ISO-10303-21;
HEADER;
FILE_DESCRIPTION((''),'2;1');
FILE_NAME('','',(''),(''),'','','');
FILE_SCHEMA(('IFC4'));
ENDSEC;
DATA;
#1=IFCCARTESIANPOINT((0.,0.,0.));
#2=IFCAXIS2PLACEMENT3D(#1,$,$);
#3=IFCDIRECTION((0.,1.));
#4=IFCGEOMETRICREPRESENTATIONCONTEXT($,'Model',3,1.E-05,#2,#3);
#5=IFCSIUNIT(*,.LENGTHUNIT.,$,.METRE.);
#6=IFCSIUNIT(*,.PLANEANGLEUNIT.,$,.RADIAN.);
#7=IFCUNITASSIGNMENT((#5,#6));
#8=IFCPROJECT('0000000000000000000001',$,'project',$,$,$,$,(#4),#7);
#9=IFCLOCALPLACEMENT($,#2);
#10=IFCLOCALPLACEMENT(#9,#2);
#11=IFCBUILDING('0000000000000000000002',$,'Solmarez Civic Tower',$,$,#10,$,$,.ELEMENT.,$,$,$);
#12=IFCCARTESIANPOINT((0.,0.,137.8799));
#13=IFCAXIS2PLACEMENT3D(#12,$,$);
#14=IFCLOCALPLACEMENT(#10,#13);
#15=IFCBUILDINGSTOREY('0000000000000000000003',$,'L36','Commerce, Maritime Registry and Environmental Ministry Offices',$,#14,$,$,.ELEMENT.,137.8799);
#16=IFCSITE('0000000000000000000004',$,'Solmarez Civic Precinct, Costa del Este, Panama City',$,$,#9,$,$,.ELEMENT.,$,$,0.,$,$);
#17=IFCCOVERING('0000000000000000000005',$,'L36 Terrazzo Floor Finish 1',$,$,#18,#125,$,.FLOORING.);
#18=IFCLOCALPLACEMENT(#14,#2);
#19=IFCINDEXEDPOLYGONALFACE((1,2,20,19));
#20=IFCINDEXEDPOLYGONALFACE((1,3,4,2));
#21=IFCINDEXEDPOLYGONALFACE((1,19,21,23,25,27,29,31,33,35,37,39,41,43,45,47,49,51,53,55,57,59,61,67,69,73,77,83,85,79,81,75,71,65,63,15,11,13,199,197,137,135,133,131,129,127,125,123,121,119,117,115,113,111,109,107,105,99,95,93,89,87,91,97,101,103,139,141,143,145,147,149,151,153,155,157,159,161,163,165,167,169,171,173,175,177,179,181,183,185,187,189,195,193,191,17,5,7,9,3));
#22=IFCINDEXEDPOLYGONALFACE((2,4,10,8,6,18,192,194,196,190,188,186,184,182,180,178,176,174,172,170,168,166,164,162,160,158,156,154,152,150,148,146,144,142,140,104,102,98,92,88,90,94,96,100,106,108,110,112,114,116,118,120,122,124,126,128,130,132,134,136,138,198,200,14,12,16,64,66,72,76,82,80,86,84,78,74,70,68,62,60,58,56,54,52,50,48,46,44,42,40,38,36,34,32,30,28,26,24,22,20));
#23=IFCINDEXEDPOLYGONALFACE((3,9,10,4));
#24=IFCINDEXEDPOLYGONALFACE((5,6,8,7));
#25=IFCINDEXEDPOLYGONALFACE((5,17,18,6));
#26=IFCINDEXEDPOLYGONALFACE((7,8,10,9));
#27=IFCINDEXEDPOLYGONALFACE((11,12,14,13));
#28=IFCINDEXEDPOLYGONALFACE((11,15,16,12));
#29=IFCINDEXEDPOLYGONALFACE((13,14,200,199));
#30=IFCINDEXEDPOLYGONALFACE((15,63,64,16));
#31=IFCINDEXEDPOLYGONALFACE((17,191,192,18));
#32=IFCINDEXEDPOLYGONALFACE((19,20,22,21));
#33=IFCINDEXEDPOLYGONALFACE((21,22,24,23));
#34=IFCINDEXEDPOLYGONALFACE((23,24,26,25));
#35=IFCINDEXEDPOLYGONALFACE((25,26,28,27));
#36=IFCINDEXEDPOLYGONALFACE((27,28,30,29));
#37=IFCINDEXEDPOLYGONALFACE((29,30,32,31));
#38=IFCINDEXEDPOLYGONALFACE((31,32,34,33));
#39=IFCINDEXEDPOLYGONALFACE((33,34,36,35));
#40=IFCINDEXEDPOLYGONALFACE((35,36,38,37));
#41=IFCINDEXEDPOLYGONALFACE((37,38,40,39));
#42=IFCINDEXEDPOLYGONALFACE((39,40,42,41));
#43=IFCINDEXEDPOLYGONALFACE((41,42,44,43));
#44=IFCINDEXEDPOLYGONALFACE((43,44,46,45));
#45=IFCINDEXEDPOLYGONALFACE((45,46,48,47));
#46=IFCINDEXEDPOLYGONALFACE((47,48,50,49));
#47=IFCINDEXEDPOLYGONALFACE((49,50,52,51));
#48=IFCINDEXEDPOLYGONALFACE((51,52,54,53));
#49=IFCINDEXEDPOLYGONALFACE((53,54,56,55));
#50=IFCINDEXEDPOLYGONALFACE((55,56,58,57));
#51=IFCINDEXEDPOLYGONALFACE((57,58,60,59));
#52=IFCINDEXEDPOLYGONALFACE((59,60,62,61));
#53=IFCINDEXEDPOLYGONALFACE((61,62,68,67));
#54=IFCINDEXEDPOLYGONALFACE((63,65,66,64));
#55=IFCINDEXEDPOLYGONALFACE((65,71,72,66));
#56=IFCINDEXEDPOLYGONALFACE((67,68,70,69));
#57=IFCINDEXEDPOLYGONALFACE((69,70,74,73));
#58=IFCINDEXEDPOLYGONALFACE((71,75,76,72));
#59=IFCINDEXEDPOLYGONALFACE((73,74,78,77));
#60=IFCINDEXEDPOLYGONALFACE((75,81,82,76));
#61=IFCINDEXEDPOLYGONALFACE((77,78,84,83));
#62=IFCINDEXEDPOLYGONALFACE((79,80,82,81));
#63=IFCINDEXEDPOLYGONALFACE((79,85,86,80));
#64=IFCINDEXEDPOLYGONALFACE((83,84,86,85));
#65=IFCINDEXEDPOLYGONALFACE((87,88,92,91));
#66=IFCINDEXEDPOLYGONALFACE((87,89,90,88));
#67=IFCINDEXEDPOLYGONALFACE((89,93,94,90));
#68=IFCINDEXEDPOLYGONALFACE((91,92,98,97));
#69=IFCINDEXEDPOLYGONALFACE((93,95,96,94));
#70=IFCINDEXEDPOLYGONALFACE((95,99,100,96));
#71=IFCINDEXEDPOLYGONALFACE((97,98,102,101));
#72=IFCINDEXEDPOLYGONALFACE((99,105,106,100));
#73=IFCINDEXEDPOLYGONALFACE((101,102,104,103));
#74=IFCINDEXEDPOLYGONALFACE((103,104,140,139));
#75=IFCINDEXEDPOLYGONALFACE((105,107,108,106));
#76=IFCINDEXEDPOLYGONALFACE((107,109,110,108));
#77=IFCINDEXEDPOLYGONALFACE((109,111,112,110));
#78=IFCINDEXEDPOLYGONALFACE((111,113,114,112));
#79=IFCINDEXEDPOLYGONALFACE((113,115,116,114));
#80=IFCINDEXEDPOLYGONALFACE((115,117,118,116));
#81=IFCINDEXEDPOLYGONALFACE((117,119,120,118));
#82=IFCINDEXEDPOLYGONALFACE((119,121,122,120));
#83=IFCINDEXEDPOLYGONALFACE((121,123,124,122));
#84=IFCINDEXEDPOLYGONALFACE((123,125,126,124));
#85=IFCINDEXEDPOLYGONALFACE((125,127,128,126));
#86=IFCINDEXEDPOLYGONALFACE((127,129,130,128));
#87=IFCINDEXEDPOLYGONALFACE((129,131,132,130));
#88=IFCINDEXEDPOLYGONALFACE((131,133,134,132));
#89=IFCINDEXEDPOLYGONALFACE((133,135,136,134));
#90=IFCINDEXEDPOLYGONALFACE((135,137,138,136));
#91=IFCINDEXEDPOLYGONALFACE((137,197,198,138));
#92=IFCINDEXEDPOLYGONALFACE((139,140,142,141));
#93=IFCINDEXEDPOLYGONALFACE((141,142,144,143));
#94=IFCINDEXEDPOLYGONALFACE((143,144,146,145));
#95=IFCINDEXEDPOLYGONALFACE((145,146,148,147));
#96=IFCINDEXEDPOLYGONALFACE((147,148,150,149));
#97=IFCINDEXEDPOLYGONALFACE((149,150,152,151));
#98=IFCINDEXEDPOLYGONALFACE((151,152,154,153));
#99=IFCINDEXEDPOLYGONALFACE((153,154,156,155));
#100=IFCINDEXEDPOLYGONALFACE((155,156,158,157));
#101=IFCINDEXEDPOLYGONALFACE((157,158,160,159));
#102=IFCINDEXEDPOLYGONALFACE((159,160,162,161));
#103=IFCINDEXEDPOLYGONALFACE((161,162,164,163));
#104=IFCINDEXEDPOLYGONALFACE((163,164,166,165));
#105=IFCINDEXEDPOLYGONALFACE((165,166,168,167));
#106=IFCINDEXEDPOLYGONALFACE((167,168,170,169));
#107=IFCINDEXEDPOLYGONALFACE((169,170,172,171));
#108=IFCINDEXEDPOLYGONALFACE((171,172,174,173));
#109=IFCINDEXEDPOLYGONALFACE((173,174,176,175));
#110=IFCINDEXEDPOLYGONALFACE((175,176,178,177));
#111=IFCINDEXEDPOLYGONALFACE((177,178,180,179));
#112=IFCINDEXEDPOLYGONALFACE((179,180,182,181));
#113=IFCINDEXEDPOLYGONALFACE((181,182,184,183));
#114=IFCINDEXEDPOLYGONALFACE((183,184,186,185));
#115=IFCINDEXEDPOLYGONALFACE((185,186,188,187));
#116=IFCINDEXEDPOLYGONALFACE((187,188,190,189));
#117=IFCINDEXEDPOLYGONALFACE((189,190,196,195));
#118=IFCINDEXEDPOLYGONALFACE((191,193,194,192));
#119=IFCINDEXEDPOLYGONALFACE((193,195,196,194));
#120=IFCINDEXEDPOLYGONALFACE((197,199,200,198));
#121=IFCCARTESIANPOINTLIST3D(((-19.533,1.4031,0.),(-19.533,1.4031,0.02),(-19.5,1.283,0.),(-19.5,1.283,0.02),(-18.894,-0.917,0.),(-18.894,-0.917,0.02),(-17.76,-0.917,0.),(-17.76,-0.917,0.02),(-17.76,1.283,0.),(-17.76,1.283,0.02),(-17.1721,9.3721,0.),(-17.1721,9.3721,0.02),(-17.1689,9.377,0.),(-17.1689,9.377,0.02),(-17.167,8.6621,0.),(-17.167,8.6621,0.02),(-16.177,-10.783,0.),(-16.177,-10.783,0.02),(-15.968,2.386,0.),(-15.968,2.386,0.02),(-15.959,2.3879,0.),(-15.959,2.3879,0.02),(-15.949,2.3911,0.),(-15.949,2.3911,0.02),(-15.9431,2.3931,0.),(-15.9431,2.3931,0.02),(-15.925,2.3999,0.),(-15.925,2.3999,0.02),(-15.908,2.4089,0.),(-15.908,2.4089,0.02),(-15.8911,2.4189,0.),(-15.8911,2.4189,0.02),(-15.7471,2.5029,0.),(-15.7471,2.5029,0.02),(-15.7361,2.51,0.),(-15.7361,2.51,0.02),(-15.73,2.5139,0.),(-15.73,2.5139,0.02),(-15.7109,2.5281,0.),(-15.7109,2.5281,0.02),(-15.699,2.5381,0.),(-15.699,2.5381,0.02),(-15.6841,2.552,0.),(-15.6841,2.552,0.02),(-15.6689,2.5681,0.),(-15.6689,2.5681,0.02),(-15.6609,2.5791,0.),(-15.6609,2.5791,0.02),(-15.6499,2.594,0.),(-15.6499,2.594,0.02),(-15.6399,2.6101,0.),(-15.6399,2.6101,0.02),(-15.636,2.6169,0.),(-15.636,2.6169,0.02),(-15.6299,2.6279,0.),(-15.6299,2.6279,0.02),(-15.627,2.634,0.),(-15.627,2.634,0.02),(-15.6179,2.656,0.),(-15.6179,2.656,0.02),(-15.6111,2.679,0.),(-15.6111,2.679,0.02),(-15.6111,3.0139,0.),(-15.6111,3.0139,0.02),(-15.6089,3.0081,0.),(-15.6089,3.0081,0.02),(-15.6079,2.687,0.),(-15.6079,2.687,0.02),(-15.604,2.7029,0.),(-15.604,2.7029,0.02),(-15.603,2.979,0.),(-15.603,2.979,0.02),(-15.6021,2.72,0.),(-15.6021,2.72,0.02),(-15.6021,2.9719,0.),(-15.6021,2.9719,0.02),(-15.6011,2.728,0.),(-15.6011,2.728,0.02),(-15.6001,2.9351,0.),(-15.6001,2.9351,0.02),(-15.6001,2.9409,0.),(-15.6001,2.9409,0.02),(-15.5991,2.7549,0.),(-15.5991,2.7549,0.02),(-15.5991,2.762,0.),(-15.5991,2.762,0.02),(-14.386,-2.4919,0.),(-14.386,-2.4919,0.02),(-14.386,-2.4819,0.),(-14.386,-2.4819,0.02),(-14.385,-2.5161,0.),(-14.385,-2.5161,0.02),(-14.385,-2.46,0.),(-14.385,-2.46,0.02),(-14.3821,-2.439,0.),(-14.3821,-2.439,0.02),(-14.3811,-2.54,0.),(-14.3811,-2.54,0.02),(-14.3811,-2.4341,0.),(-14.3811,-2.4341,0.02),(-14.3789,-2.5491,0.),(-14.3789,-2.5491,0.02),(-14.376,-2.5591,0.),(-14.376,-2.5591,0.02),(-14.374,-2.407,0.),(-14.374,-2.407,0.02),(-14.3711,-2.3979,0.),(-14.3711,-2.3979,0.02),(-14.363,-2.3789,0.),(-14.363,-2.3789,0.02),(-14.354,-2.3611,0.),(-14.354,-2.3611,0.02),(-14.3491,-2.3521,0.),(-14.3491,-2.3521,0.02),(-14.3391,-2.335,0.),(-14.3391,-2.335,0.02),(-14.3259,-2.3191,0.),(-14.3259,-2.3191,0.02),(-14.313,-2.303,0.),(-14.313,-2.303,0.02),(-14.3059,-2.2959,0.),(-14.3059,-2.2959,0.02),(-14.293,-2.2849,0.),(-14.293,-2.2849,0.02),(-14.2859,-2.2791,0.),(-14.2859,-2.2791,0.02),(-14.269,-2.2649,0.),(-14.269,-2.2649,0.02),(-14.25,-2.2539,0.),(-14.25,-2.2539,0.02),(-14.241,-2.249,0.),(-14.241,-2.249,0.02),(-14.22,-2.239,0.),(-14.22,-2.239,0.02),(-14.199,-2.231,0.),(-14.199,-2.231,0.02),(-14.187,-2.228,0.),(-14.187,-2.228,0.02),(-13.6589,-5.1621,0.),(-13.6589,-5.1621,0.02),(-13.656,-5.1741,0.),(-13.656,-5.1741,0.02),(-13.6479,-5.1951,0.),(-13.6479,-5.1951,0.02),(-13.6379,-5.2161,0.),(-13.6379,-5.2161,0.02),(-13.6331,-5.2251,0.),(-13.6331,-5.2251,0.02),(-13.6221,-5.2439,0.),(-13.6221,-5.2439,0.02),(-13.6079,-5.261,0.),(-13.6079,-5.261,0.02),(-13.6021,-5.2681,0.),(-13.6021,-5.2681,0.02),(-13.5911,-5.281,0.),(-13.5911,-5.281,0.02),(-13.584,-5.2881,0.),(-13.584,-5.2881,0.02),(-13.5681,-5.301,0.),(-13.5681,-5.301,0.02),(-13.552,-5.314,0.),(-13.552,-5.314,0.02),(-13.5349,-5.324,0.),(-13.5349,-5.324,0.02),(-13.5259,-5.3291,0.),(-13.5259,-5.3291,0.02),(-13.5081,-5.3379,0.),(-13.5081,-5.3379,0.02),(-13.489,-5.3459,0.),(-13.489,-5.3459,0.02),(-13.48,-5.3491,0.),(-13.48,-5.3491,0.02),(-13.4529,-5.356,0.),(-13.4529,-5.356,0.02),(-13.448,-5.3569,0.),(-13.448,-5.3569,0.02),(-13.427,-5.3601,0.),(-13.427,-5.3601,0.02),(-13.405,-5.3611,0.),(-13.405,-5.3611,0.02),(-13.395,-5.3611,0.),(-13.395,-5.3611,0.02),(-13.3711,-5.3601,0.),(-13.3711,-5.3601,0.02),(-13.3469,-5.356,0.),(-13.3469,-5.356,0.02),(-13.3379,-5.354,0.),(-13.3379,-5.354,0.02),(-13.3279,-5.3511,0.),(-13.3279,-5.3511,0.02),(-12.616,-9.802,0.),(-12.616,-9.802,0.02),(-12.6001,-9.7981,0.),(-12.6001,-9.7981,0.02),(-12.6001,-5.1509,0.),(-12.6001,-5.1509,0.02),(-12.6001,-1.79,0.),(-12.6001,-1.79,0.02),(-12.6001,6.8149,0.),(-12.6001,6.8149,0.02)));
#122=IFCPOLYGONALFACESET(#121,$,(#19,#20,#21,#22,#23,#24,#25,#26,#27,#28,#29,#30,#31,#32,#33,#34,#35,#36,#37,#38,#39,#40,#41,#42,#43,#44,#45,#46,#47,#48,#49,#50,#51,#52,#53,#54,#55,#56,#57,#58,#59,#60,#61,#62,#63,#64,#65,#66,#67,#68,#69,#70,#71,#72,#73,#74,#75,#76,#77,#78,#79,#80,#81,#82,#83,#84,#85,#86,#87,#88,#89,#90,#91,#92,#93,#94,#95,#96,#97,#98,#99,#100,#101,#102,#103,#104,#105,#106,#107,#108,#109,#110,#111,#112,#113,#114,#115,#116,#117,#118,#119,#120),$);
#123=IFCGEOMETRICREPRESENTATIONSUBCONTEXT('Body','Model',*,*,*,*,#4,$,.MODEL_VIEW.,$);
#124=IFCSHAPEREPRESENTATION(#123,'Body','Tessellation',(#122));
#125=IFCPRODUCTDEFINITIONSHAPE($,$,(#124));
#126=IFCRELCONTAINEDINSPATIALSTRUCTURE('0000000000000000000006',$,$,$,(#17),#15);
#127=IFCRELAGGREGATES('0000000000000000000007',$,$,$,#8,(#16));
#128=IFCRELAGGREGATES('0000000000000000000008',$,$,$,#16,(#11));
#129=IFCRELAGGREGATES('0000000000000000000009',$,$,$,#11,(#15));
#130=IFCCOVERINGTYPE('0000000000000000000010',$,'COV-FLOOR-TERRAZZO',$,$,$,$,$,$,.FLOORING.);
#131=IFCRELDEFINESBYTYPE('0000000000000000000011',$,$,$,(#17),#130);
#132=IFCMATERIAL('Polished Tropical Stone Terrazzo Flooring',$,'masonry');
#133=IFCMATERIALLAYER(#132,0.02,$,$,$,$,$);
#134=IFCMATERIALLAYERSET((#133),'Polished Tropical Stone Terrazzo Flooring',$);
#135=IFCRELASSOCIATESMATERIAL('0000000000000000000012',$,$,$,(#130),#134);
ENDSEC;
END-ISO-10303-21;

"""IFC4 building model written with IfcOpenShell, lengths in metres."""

from ifc_helpers import new_model, si_unit, direction, frame, origin, place, context, subcontext, project, spatial, polyline, outline, extrude, material, layer, layer_set, type_object, element, save


model = new_model("IFC4")

# Units and contexts
model_context = context("Model", 3, precision=1e-05, world=origin(), true_north=direction((0.0, 1.0)))
body_context = subcontext(model_context, "Body", "Model", "MODEL_VIEW")
ifc_project = project(units=[si_unit("LENGTHUNIT", "METRE"), si_unit("PLANEANGLEUNIT", "RADIAN")], contexts=[model_context])

# Site, building, storey
site_placement = place(None, origin())
site = spatial("IfcSite", under=ifc_project, at=site_placement, Name="Solmarez Civic Precinct, Costa del Este, Panama City", CompositionType="ELEMENT", RefElevation=0.0)
building_placement = place(site_placement, origin())
building = spatial("IfcBuilding", under=site, at=building_placement, Name="Solmarez Civic Tower", CompositionType="ELEMENT")
storey_placement = place(building_placement, frame((0.0, 0.0, 137.8799)))
storey = spatial("IfcBuildingStorey", under=building, at=storey_placement, Name="L36", Description="Commerce, Maritime Registry and Environmental Ministry Offices", CompositionType="ELEMENT", Elevation=137.8799)

# Covering
ifc_material_1 = material(Name="Polished Tropical Stone Terrazzo Flooring", Category="masonry")
ifc_layer_1 = layer(ifc_material_1, 0.02)
ifc_layer_set_1 = layer_set([ifc_layer_1], Name="Polished Tropical Stone Terrazzo Flooring")
covering_type_1 = type_object("IfcCoveringType", Name="COV-FLOOR-TERRAZZO", PredefinedType="FLOORING", material=ifc_layer_set_1)
covering_1_placement = place(storey_placement, origin())
element("IfcCovering", 1, at=covering_1_placement, inside=storey, type_object=covering_type_1, Name="L36 Terrazzo Floor Finish 1", PredefinedType="FLOORING", context=body_context, shape_type="SweptSolid", body=[
    extrude(outline(polyline([(-16.177, -10.783), (-12.616, -9.802), (-12.6001, -9.7981), (-12.6001, -5.1509), (-13.3279, -5.3511), (-13.3379, -5.354), (-13.3469, -5.356), (-13.3711, -5.3601), (-13.395, -5.3611), (-13.405, -5.3611), (-13.427, -5.3601), (-13.448, -5.3569), (-13.4529, -5.356), (-13.48, -5.3491), (-13.489, -5.3459), (-13.5081, -5.3379), (-13.5259, -5.3291), (-13.5349, -5.324), (-13.552, -5.314), (-13.5681, -5.301), (-13.584, -5.2881), (-13.5911, -5.281), (-13.6021, -5.2681), (-13.6079, -5.261), (-13.6221, -5.2439), (-13.6331, -5.2251), (-13.6379, -5.2161), (-13.6479, -5.1951), (-13.656, -5.1741), (-13.6589, -5.1621), (-14.376, -2.5591), (-14.3789, -2.5491), (-14.3811, -2.54), (-14.385, -2.5161), (-14.386, -2.4919), (-14.386, -2.4819), (-14.385, -2.46), (-14.3821, -2.439), (-14.3811, -2.4341), (-14.374, -2.407), (-14.3711, -2.3979), (-14.363, -2.3789), (-14.354, -2.3611), (-14.3491, -2.3521), (-14.3391, -2.335), (-14.3259, -2.3191), (-14.313, -2.303), (-14.3059, -2.2959), (-14.293, -2.2849), (-14.2859, -2.2791), (-14.269, -2.2649), (-14.25, -2.2539), (-14.241, -2.249), (-14.22, -2.239), (-14.199, -2.231), (-14.187, -2.228), (-12.6001, -1.79), (-12.6001, 6.8149), (-17.1689, 9.377), (-17.1721, 9.3721), (-17.167, 8.6621), (-15.6111, 3.0139), (-15.6089, 3.0081), (-15.603, 2.979), (-15.6021, 2.9719), (-15.6001, 2.9409), (-15.6001, 2.9351), (-15.5991, 2.762), (-15.5991, 2.7549), (-15.6011, 2.728), (-15.6021, 2.72), (-15.604, 2.7029), (-15.6079, 2.687), (-15.6111, 2.679), (-15.6179, 2.656), (-15.627, 2.634), (-15.6299, 2.6279), (-15.636, 2.6169), (-15.6399, 2.6101), (-15.6499, 2.594), (-15.6609, 2.5791), (-15.6689, 2.5681), (-15.6841, 2.552), (-15.699, 2.5381), (-15.7109, 2.5281), (-15.73, 2.5139), (-15.7361, 2.51), (-15.7471, 2.5029), (-15.8911, 2.4189), (-15.908, 2.4089), (-15.925, 2.3999), (-15.9431, 2.3931), (-15.949, 2.3911), (-15.959, 2.3879), (-15.968, 2.386), (-19.533, 1.4031), (-19.5, 1.283), (-17.76, 1.283), (-17.76, -0.917), (-18.894, -0.917), (-16.177, -10.783)])), origin(), (0.0, 0.0, 1.0), 0.02),
])

save(model, "model.ifc")
